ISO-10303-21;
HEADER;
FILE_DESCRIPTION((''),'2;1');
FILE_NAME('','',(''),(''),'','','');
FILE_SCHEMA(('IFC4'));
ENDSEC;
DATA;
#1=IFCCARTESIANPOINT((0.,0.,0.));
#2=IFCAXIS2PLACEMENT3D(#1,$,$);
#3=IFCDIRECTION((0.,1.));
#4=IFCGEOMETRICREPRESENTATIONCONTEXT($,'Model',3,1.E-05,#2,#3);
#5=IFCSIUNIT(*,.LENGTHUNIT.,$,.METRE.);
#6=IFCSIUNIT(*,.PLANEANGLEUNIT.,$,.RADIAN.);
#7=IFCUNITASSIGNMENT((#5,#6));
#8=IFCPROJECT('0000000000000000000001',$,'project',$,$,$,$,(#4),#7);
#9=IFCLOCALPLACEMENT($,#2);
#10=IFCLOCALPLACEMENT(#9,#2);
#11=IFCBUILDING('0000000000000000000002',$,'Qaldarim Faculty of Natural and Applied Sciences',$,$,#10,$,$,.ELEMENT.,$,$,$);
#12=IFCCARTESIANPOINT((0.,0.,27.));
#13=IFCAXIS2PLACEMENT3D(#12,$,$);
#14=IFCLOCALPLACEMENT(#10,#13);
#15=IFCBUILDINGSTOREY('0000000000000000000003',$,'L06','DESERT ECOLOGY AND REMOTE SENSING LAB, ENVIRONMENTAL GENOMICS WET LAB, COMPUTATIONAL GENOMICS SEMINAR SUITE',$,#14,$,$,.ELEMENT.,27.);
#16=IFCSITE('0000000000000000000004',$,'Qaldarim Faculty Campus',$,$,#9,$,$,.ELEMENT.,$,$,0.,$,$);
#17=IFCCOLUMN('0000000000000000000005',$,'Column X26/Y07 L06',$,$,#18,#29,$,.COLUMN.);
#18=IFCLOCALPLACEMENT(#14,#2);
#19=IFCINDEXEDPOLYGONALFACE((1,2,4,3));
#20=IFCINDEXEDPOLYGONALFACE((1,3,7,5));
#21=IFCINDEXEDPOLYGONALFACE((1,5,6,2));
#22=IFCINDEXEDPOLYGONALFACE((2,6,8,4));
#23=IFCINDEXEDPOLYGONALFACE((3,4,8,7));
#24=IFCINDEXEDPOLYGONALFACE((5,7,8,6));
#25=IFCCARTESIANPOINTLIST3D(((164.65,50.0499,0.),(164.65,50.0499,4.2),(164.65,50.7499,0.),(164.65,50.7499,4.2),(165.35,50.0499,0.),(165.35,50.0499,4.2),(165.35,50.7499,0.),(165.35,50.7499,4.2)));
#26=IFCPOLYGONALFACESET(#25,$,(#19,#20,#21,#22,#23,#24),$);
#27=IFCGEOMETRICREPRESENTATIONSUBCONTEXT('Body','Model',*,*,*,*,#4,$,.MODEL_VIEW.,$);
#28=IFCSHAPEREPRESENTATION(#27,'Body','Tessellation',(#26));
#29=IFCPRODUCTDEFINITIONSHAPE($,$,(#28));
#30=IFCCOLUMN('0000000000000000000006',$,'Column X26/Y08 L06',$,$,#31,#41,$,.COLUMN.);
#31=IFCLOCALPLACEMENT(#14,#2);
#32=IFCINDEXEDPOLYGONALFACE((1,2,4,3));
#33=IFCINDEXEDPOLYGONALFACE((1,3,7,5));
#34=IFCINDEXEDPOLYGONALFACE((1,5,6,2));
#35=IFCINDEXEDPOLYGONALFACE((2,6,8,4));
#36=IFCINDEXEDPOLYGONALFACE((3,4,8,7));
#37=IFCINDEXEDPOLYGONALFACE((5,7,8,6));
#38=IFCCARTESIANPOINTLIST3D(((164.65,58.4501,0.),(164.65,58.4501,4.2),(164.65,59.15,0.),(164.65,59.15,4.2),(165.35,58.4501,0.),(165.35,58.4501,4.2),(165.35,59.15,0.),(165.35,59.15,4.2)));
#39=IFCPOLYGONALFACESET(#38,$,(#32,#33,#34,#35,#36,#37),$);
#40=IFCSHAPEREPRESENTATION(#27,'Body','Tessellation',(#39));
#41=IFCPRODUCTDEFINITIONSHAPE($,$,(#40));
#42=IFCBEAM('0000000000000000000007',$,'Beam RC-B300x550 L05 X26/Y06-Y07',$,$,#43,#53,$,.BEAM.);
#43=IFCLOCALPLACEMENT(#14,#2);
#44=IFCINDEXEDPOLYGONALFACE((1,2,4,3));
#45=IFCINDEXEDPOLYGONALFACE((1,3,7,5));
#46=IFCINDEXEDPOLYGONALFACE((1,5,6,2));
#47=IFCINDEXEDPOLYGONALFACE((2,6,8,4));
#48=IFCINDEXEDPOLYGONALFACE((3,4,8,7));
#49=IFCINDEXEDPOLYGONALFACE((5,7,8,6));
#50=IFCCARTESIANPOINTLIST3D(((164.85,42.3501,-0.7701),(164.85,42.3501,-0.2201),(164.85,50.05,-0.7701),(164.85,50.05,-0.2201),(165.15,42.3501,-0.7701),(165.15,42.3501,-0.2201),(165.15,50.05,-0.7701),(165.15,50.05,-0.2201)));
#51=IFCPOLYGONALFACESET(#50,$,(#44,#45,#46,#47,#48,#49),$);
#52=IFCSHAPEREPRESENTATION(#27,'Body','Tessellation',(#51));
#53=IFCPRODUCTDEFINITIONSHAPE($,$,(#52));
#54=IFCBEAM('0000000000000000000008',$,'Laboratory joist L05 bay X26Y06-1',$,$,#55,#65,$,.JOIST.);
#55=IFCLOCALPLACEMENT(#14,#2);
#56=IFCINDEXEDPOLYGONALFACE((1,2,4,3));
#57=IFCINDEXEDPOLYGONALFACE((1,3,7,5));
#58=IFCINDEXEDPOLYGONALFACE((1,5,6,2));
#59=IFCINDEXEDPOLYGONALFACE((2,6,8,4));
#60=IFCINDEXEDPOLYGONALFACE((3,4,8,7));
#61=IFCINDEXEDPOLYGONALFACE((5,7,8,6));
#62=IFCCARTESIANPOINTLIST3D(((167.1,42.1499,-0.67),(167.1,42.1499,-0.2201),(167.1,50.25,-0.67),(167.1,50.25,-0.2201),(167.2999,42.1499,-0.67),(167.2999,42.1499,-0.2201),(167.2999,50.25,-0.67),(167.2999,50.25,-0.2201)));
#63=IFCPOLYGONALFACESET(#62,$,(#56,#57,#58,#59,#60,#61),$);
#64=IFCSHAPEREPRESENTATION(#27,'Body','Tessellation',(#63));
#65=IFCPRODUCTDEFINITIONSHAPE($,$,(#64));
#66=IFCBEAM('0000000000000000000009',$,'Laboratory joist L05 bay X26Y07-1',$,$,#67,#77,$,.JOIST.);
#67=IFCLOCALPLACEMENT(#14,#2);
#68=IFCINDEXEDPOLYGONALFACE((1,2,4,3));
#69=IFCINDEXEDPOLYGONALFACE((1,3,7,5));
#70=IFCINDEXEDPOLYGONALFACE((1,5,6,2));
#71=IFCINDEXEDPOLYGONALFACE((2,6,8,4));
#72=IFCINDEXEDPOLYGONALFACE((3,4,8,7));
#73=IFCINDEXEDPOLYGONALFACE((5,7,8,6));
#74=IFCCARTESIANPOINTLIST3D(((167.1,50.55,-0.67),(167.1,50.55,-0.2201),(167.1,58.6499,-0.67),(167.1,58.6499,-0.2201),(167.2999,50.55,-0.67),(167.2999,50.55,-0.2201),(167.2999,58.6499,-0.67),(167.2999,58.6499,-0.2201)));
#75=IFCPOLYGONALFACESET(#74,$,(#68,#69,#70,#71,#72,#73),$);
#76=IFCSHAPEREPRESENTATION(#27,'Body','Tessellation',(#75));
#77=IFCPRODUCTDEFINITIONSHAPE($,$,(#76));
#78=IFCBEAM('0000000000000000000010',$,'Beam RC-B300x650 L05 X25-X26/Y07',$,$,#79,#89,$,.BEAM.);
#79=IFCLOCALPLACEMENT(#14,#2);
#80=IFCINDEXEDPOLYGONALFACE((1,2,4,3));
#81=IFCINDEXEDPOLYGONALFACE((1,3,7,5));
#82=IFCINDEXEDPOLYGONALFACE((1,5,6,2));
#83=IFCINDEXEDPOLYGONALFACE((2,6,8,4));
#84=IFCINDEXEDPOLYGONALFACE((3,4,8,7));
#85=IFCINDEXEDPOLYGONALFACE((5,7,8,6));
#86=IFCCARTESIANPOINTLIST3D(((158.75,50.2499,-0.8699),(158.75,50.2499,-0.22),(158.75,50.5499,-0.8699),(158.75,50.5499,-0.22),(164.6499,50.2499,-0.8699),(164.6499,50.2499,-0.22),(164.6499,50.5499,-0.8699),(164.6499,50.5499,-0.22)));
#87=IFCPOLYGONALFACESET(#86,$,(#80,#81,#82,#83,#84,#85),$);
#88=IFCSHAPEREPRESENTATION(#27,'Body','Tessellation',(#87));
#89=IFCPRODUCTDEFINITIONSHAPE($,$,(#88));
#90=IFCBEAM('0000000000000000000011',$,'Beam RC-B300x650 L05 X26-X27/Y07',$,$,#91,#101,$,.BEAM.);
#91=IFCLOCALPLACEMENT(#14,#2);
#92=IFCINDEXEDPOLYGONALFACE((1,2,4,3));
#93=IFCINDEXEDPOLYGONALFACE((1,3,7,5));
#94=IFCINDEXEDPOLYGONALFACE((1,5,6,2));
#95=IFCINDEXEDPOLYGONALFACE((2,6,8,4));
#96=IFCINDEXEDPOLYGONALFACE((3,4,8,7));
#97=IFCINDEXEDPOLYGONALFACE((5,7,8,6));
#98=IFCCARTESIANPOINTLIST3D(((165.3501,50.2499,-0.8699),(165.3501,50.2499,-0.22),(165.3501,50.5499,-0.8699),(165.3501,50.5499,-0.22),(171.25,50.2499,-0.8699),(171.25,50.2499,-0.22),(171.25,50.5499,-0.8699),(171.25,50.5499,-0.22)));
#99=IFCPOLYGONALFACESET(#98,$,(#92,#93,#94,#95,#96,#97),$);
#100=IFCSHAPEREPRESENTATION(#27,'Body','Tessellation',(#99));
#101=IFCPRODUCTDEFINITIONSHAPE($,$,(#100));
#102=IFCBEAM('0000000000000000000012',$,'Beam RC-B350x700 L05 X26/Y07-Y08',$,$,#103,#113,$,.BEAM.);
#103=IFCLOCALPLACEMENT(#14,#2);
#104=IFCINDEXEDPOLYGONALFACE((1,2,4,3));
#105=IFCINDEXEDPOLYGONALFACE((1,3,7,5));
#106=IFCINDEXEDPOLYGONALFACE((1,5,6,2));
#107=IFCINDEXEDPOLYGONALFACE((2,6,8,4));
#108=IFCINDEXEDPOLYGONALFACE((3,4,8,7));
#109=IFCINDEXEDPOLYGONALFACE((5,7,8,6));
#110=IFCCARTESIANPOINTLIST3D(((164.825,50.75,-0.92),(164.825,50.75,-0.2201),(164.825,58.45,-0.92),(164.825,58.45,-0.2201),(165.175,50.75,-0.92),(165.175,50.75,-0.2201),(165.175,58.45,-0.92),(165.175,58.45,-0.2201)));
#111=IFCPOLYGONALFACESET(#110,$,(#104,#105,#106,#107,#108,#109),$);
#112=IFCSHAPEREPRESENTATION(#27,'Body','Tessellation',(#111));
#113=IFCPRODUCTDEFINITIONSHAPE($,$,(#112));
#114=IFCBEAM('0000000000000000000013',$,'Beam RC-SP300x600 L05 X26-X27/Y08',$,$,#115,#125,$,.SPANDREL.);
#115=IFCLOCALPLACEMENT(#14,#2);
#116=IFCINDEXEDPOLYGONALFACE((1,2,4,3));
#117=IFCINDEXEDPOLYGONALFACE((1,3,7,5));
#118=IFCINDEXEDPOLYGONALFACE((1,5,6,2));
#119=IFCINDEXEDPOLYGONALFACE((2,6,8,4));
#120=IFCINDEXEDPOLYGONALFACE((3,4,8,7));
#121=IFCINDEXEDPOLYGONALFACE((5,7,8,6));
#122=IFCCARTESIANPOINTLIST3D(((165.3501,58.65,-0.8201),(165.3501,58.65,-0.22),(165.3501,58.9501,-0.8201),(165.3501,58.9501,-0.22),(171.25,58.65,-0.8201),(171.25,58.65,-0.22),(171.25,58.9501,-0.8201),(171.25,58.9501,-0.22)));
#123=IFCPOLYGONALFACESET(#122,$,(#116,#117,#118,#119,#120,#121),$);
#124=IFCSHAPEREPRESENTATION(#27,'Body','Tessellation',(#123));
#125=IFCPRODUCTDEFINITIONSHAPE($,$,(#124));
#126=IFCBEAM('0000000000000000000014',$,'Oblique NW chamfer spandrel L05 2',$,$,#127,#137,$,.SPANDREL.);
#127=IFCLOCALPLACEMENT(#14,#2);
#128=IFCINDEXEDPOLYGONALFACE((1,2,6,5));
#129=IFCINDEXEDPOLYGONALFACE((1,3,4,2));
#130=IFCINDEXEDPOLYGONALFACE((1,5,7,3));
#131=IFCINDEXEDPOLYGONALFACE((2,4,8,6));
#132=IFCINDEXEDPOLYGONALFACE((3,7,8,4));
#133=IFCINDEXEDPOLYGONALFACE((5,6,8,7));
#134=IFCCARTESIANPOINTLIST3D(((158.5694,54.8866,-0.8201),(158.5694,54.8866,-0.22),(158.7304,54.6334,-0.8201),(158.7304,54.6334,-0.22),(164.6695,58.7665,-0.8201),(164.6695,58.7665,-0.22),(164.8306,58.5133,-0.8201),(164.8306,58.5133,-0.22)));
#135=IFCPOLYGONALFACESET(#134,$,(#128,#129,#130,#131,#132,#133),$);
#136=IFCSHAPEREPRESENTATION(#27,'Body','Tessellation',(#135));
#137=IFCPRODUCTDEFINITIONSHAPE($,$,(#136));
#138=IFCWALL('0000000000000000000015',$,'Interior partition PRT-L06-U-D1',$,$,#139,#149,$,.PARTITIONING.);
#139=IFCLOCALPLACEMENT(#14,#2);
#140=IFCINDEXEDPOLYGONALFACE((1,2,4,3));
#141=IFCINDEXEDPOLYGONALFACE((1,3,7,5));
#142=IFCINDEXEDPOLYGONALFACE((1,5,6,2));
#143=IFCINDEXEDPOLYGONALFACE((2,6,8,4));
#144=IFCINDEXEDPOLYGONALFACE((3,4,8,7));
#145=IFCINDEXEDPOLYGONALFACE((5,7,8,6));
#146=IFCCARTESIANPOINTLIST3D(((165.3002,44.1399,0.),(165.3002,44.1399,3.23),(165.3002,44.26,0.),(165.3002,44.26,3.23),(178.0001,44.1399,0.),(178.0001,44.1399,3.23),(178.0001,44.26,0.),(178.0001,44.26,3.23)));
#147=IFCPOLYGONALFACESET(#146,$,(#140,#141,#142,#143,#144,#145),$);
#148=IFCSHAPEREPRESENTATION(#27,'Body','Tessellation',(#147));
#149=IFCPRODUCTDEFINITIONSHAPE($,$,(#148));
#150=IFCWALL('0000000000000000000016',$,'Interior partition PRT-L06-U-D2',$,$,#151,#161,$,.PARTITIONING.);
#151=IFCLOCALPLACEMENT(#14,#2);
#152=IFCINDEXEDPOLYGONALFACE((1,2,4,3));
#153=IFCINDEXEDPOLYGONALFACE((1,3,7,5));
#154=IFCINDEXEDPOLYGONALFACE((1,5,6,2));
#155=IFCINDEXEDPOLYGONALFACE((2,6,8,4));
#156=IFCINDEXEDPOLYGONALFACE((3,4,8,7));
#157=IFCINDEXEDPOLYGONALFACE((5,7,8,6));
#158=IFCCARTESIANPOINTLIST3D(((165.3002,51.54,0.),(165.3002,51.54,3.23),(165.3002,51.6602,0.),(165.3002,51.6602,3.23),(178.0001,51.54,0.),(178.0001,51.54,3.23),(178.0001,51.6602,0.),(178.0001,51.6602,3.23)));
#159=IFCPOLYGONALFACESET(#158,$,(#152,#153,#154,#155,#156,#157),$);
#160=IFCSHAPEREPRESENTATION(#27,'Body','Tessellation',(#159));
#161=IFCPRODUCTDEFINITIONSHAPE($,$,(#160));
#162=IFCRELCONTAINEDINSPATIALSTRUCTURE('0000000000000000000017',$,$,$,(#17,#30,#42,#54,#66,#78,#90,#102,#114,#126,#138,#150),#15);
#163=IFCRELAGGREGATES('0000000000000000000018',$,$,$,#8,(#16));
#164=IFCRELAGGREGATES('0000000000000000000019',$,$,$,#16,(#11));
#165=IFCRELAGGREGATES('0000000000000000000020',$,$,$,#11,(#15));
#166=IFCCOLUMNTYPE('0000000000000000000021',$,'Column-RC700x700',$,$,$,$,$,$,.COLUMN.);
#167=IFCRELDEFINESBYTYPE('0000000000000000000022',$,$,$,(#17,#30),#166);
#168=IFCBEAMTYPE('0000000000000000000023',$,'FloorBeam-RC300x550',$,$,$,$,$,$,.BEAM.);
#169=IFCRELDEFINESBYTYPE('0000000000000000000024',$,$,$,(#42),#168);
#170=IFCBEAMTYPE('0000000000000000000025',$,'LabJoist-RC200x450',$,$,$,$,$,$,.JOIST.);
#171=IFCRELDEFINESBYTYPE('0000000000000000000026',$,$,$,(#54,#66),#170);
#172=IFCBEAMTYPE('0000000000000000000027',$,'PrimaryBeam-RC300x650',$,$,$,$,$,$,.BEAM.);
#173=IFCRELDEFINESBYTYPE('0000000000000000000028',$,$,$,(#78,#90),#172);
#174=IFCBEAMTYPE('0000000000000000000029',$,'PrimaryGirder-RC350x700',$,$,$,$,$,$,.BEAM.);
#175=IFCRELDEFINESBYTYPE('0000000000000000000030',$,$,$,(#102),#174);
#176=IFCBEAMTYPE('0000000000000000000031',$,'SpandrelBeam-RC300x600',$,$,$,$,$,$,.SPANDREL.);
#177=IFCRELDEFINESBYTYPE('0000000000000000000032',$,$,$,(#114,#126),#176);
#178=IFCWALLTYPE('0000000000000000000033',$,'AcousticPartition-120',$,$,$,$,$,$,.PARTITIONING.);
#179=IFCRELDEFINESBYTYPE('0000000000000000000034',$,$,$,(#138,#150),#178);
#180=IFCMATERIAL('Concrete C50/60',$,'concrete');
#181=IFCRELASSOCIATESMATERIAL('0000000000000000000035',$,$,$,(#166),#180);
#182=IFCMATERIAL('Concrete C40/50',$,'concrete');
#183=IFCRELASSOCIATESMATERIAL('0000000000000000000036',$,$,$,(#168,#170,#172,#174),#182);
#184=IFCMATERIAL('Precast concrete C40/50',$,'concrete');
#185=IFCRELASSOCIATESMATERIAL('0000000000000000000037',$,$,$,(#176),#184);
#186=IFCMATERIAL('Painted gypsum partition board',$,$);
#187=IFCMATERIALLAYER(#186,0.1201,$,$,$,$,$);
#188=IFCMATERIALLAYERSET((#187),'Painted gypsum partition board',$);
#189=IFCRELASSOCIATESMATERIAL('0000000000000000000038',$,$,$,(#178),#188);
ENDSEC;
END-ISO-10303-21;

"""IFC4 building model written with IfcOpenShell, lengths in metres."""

from ifc_helpers import new_model, si_unit, direction, frame, frame_2d, origin, origin_2d, place, context, subcontext, project, spatial, rectangle, extrude, material, layer, layer_set, material_profile, profile_set, type_object, element, save


model = new_model("IFC4")

# Units and contexts
model_context = context("Model", 3, precision=1e-05, world=origin(), true_north=direction((0.0, 1.0)))
body_context = subcontext(model_context, "Body", "Model", "MODEL_VIEW")
ifc_project = project(units=[si_unit("LENGTHUNIT", "METRE"), si_unit("PLANEANGLEUNIT", "RADIAN")], contexts=[model_context])

# Site, building, storey
site_placement = place(None, origin())
site = spatial("IfcSite", under=ifc_project, at=site_placement, Name="Qaldarim Faculty Campus", CompositionType="ELEMENT", RefElevation=0.0)
building_placement = place(site_placement, origin())
building = spatial("IfcBuilding", under=site, at=building_placement, Name="Qaldarim Faculty of Natural and Applied Sciences", CompositionType="ELEMENT")
storey_placement = place(building_placement, frame((0.0, 0.0, 27.0)))
storey = spatial("IfcBuildingStorey", under=building, at=storey_placement, Name="L06", Description="DESERT ECOLOGY AND REMOTE SENSING LAB, ENVIRONMENTAL GENOMICS WET LAB, COMPUTATIONAL GENOMICS SEMINAR SUITE", CompositionType="ELEMENT", Elevation=27.0)

# Columns
ifc_material_1 = material(Name="Concrete C50/60", Category="concrete")
ifc_material_profile_1 = material_profile(ifc_material_1, rectangle(XDim=0.7, YDim=0.7, at=origin_2d()), Name="RC-C700x700")
ifc_profile_set_1 = profile_set([ifc_material_profile_1], Name="Concrete C50/60")
column_type = type_object("IfcColumnType", Name="Column-RC700x700", PredefinedType="COLUMN", material=ifc_profile_set_1)
for number, where, z_axis, x_axis, name in (
    (1, (165.0, 50.3999, 0.0), (0.0, 0.0, 1.0), (1.0, 0.0, 0.0), "Column X26/Y07 L06"),
    (2, (165.0, 58.8, 0.0), (0.0, 0.0, 1.0), (1.0, 0.0, 0.0), "Column X26/Y08 L06"),
):
    element("IfcColumn", number, at=place(storey_placement, frame(where, z_axis=z_axis, x_axis=x_axis)), inside=storey, type_object=column_type, Name=name, PredefinedType="COLUMN", context=body_context, shape_type="SweptSolid", body=[
        extrude(rectangle(XDim=0.7, YDim=0.7, at=origin_2d()), origin(), (0.0, 0.0, 1.0), 4.2),
    ])

# Beams
ifc_material_2 = material(Name="Concrete C40/50", Category="concrete")
ifc_material_profile_2 = material_profile(ifc_material_2, rectangle(XDim=0.3, YDim=0.55, at=origin_2d()), Name="RC-B300x550")
ifc_profile_set_2 = profile_set([ifc_material_profile_2], Name="Concrete C40/50")
beam_type_1 = type_object("IfcBeamType", Name="FloorBeam-RC300x550", PredefinedType="BEAM", material=ifc_profile_set_2)
beam_1_placement = place(storey_placement, frame((165.0, 42.3501, -0.4951), z_axis=(0.0, 1.0, 0.0), x_axis=(-1.0, 0.0, 0.0)))
element("IfcBeam", 3, at=beam_1_placement, inside=storey, type_object=beam_type_1, Name="Beam RC-B300x550 L05 X26/Y06-Y07", PredefinedType="BEAM", context=body_context, shape_type="SweptSolid", body=[
    extrude(rectangle(XDim=0.3, YDim=0.55, at=origin_2d()), origin(), (0.0, 0.0, 1.0), 7.7),
])
ifc_material_profile_3 = material_profile(ifc_material_2, rectangle(XDim=0.2, YDim=0.45, at=origin_2d()), Name="RC-J200x450")
ifc_profile_set_3 = profile_set([ifc_material_profile_3], Name="Concrete C40/50")
beam_type_2 = type_object("IfcBeamType", Name="LabJoist-RC200x450", PredefinedType="JOIST", material=ifc_profile_set_3)
beam_2_placement = place(storey_placement, frame((167.2, 42.1499, -0.4451), z_axis=(0.0, 1.0, 0.0), x_axis=(-1.0, 0.0, 0.0)))
element("IfcBeam", 4, at=beam_2_placement, inside=storey, type_object=beam_type_2, Name="Laboratory joist L05 bay X26Y06-1", PredefinedType="JOIST", context=body_context, shape_type="SweptSolid", body=[
    extrude(rectangle(XDim=0.2, YDim=0.45, at=origin_2d()), origin(), (0.0, 0.0, 1.0), 8.1001),
])
beam_3_placement = place(storey_placement, frame((167.2, 50.55, -0.4451), z_axis=(0.0, 1.0, 0.0), x_axis=(-1.0, 0.0, 0.0)))
element("IfcBeam", 5, at=beam_3_placement, inside=storey, type_object=beam_type_2, Name="Laboratory joist L05 bay X26Y07-1", PredefinedType="JOIST", context=body_context, shape_type="SweptSolid", body=[
    extrude(rectangle(XDim=0.2, YDim=0.45, at=origin_2d()), origin(), (0.0, 0.0, 1.0), 8.0999),
])
ifc_material_profile_4 = material_profile(ifc_material_2, rectangle(XDim=0.3, YDim=0.6499, at=origin_2d()), Name="RC-B300x650")
ifc_profile_set_4 = profile_set([ifc_material_profile_4], Name="Concrete C40/50")
beam_type_3 = type_object("IfcBeamType", Name="PrimaryBeam-RC300x650", PredefinedType="BEAM", material=ifc_profile_set_4)
for number, where, z_axis, x_axis, name in (
    (6, (158.75, 50.3999, -0.5449), (1.0, 0.0, 0.0), (0.0, 1.0, 0.0), "Beam RC-B300x650 L05 X25-X26/Y07"),
    (7, (165.3501, 50.3999, -0.5449), (1.0, 0.0, 0.0), (0.0, 1.0, 0.0), "Beam RC-B300x650 L05 X26-X27/Y07"),
):
    element("IfcBeam", number, at=place(storey_placement, frame(where, z_axis=z_axis, x_axis=x_axis)), inside=storey, type_object=beam_type_3, Name=name, PredefinedType="BEAM", context=body_context, shape_type="SweptSolid", body=[
        extrude(rectangle(XDim=0.3, YDim=0.6499, at=origin_2d()), origin(), (0.0, 0.0, 1.0), 5.8999),
    ])
ifc_material_profile_5 = material_profile(ifc_material_2, rectangle(XDim=0.3501, YDim=0.7, at=origin_2d()), Name="RC-B350x700")
ifc_profile_set_5 = profile_set([ifc_material_profile_5], Name="Concrete C40/50")
beam_type_4 = type_object("IfcBeamType", Name="PrimaryGirder-RC350x700", PredefinedType="BEAM", material=ifc_profile_set_5)
beam_4_placement = place(storey_placement, frame((165.0, 50.75, -0.5701), z_axis=(0.0, 1.0, 0.0), x_axis=(-1.0, 0.0, 0.0)))
element("IfcBeam", 8, at=beam_4_placement, inside=storey, type_object=beam_type_4, Name="Beam RC-B350x700 L05 X26/Y07-Y08", PredefinedType="BEAM", context=body_context, shape_type="SweptSolid", body=[
    extrude(rectangle(XDim=0.3501, YDim=0.7, at=origin_2d()), origin(), (0.0, 0.0, 1.0), 7.7),
])
ifc_material_3 = material(Name="Precast concrete C40/50", Category="concrete")
ifc_material_profile_6 = material_profile(ifc_material_3, rectangle(XDim=0.3, YDim=0.6001, at=origin_2d()), Name="RC-SP300x600")
ifc_profile_set_6 = profile_set([ifc_material_profile_6], Name="Precast concrete C40/50")
beam_type_5 = type_object("IfcBeamType", Name="SpandrelBeam-RC300x600", PredefinedType="SPANDREL", material=ifc_profile_set_6)
beam_5_placement = place(storey_placement, frame((165.3501, 58.8, -0.52), z_axis=(1.0, 0.0, 0.0), x_axis=(0.0, 1.0, 0.0)))
element("IfcBeam", 9, at=beam_5_placement, inside=storey, type_object=beam_type_5, Name="Beam RC-SP300x600 L05 X26-X27/Y08", PredefinedType="SPANDREL", context=body_context, shape_type="SweptSolid", body=[
    extrude(rectangle(XDim=0.3, YDim=0.6001, at=origin_2d()), origin(), (0.0, 0.0, 1.0), 5.8999),
])
beam_6_placement = place(storey_placement, frame((158.6499, 54.76, -0.52), z_axis=(0.843787, 0.536679, 0.0), x_axis=(-0.536679, 0.843787, 0.0)))
element("IfcBeam", 10, at=beam_6_placement, inside=storey, type_object=beam_type_5, Name="Oblique NW chamfer spandrel L05 2", PredefinedType="SPANDREL", context=body_context, shape_type="SweptSolid", body=[
    extrude(rectangle(XDim=0.3, YDim=0.6001, at=origin_2d()), origin(), (0.0, 0.0, 1.0), 7.2295),
])

# Walls
ifc_material_4 = material(Name="Painted gypsum partition board")
ifc_layer_1 = layer(ifc_material_4, 0.1201)
ifc_layer_set_1 = layer_set([ifc_layer_1], Name="Painted gypsum partition board")
wall_type_1 = type_object("IfcWallType", Name="AcousticPartition-120", PredefinedType="PARTITIONING", material=ifc_layer_set_1)
for number, where, z_axis, x_axis, name in (
    (11, (165.3, 44.2, 0.0), (0.0, 0.0, 1.0), (1.0, 0.0, 0.0), "Interior partition PRT-L06-U-D1"),
    (12, (165.3, 51.6001, 0.0), (0.0, 0.0, 1.0), (1.0, 0.0, 0.0), "Interior partition PRT-L06-U-D2"),
):
    element("IfcWall", number, at=place(storey_placement, frame(where, z_axis=z_axis, x_axis=x_axis)), inside=storey, type_object=wall_type_1, Name=name, PredefinedType="PARTITIONING", context=body_context, shape_type="SweptSolid", body=[
        extrude(rectangle(XDim=12.7, YDim=0.1201, at=frame_2d((6.3501, 0.0))), origin(), (0.0, 0.0, 1.0), 3.23),
    ])

save(model, "model.ifc")
